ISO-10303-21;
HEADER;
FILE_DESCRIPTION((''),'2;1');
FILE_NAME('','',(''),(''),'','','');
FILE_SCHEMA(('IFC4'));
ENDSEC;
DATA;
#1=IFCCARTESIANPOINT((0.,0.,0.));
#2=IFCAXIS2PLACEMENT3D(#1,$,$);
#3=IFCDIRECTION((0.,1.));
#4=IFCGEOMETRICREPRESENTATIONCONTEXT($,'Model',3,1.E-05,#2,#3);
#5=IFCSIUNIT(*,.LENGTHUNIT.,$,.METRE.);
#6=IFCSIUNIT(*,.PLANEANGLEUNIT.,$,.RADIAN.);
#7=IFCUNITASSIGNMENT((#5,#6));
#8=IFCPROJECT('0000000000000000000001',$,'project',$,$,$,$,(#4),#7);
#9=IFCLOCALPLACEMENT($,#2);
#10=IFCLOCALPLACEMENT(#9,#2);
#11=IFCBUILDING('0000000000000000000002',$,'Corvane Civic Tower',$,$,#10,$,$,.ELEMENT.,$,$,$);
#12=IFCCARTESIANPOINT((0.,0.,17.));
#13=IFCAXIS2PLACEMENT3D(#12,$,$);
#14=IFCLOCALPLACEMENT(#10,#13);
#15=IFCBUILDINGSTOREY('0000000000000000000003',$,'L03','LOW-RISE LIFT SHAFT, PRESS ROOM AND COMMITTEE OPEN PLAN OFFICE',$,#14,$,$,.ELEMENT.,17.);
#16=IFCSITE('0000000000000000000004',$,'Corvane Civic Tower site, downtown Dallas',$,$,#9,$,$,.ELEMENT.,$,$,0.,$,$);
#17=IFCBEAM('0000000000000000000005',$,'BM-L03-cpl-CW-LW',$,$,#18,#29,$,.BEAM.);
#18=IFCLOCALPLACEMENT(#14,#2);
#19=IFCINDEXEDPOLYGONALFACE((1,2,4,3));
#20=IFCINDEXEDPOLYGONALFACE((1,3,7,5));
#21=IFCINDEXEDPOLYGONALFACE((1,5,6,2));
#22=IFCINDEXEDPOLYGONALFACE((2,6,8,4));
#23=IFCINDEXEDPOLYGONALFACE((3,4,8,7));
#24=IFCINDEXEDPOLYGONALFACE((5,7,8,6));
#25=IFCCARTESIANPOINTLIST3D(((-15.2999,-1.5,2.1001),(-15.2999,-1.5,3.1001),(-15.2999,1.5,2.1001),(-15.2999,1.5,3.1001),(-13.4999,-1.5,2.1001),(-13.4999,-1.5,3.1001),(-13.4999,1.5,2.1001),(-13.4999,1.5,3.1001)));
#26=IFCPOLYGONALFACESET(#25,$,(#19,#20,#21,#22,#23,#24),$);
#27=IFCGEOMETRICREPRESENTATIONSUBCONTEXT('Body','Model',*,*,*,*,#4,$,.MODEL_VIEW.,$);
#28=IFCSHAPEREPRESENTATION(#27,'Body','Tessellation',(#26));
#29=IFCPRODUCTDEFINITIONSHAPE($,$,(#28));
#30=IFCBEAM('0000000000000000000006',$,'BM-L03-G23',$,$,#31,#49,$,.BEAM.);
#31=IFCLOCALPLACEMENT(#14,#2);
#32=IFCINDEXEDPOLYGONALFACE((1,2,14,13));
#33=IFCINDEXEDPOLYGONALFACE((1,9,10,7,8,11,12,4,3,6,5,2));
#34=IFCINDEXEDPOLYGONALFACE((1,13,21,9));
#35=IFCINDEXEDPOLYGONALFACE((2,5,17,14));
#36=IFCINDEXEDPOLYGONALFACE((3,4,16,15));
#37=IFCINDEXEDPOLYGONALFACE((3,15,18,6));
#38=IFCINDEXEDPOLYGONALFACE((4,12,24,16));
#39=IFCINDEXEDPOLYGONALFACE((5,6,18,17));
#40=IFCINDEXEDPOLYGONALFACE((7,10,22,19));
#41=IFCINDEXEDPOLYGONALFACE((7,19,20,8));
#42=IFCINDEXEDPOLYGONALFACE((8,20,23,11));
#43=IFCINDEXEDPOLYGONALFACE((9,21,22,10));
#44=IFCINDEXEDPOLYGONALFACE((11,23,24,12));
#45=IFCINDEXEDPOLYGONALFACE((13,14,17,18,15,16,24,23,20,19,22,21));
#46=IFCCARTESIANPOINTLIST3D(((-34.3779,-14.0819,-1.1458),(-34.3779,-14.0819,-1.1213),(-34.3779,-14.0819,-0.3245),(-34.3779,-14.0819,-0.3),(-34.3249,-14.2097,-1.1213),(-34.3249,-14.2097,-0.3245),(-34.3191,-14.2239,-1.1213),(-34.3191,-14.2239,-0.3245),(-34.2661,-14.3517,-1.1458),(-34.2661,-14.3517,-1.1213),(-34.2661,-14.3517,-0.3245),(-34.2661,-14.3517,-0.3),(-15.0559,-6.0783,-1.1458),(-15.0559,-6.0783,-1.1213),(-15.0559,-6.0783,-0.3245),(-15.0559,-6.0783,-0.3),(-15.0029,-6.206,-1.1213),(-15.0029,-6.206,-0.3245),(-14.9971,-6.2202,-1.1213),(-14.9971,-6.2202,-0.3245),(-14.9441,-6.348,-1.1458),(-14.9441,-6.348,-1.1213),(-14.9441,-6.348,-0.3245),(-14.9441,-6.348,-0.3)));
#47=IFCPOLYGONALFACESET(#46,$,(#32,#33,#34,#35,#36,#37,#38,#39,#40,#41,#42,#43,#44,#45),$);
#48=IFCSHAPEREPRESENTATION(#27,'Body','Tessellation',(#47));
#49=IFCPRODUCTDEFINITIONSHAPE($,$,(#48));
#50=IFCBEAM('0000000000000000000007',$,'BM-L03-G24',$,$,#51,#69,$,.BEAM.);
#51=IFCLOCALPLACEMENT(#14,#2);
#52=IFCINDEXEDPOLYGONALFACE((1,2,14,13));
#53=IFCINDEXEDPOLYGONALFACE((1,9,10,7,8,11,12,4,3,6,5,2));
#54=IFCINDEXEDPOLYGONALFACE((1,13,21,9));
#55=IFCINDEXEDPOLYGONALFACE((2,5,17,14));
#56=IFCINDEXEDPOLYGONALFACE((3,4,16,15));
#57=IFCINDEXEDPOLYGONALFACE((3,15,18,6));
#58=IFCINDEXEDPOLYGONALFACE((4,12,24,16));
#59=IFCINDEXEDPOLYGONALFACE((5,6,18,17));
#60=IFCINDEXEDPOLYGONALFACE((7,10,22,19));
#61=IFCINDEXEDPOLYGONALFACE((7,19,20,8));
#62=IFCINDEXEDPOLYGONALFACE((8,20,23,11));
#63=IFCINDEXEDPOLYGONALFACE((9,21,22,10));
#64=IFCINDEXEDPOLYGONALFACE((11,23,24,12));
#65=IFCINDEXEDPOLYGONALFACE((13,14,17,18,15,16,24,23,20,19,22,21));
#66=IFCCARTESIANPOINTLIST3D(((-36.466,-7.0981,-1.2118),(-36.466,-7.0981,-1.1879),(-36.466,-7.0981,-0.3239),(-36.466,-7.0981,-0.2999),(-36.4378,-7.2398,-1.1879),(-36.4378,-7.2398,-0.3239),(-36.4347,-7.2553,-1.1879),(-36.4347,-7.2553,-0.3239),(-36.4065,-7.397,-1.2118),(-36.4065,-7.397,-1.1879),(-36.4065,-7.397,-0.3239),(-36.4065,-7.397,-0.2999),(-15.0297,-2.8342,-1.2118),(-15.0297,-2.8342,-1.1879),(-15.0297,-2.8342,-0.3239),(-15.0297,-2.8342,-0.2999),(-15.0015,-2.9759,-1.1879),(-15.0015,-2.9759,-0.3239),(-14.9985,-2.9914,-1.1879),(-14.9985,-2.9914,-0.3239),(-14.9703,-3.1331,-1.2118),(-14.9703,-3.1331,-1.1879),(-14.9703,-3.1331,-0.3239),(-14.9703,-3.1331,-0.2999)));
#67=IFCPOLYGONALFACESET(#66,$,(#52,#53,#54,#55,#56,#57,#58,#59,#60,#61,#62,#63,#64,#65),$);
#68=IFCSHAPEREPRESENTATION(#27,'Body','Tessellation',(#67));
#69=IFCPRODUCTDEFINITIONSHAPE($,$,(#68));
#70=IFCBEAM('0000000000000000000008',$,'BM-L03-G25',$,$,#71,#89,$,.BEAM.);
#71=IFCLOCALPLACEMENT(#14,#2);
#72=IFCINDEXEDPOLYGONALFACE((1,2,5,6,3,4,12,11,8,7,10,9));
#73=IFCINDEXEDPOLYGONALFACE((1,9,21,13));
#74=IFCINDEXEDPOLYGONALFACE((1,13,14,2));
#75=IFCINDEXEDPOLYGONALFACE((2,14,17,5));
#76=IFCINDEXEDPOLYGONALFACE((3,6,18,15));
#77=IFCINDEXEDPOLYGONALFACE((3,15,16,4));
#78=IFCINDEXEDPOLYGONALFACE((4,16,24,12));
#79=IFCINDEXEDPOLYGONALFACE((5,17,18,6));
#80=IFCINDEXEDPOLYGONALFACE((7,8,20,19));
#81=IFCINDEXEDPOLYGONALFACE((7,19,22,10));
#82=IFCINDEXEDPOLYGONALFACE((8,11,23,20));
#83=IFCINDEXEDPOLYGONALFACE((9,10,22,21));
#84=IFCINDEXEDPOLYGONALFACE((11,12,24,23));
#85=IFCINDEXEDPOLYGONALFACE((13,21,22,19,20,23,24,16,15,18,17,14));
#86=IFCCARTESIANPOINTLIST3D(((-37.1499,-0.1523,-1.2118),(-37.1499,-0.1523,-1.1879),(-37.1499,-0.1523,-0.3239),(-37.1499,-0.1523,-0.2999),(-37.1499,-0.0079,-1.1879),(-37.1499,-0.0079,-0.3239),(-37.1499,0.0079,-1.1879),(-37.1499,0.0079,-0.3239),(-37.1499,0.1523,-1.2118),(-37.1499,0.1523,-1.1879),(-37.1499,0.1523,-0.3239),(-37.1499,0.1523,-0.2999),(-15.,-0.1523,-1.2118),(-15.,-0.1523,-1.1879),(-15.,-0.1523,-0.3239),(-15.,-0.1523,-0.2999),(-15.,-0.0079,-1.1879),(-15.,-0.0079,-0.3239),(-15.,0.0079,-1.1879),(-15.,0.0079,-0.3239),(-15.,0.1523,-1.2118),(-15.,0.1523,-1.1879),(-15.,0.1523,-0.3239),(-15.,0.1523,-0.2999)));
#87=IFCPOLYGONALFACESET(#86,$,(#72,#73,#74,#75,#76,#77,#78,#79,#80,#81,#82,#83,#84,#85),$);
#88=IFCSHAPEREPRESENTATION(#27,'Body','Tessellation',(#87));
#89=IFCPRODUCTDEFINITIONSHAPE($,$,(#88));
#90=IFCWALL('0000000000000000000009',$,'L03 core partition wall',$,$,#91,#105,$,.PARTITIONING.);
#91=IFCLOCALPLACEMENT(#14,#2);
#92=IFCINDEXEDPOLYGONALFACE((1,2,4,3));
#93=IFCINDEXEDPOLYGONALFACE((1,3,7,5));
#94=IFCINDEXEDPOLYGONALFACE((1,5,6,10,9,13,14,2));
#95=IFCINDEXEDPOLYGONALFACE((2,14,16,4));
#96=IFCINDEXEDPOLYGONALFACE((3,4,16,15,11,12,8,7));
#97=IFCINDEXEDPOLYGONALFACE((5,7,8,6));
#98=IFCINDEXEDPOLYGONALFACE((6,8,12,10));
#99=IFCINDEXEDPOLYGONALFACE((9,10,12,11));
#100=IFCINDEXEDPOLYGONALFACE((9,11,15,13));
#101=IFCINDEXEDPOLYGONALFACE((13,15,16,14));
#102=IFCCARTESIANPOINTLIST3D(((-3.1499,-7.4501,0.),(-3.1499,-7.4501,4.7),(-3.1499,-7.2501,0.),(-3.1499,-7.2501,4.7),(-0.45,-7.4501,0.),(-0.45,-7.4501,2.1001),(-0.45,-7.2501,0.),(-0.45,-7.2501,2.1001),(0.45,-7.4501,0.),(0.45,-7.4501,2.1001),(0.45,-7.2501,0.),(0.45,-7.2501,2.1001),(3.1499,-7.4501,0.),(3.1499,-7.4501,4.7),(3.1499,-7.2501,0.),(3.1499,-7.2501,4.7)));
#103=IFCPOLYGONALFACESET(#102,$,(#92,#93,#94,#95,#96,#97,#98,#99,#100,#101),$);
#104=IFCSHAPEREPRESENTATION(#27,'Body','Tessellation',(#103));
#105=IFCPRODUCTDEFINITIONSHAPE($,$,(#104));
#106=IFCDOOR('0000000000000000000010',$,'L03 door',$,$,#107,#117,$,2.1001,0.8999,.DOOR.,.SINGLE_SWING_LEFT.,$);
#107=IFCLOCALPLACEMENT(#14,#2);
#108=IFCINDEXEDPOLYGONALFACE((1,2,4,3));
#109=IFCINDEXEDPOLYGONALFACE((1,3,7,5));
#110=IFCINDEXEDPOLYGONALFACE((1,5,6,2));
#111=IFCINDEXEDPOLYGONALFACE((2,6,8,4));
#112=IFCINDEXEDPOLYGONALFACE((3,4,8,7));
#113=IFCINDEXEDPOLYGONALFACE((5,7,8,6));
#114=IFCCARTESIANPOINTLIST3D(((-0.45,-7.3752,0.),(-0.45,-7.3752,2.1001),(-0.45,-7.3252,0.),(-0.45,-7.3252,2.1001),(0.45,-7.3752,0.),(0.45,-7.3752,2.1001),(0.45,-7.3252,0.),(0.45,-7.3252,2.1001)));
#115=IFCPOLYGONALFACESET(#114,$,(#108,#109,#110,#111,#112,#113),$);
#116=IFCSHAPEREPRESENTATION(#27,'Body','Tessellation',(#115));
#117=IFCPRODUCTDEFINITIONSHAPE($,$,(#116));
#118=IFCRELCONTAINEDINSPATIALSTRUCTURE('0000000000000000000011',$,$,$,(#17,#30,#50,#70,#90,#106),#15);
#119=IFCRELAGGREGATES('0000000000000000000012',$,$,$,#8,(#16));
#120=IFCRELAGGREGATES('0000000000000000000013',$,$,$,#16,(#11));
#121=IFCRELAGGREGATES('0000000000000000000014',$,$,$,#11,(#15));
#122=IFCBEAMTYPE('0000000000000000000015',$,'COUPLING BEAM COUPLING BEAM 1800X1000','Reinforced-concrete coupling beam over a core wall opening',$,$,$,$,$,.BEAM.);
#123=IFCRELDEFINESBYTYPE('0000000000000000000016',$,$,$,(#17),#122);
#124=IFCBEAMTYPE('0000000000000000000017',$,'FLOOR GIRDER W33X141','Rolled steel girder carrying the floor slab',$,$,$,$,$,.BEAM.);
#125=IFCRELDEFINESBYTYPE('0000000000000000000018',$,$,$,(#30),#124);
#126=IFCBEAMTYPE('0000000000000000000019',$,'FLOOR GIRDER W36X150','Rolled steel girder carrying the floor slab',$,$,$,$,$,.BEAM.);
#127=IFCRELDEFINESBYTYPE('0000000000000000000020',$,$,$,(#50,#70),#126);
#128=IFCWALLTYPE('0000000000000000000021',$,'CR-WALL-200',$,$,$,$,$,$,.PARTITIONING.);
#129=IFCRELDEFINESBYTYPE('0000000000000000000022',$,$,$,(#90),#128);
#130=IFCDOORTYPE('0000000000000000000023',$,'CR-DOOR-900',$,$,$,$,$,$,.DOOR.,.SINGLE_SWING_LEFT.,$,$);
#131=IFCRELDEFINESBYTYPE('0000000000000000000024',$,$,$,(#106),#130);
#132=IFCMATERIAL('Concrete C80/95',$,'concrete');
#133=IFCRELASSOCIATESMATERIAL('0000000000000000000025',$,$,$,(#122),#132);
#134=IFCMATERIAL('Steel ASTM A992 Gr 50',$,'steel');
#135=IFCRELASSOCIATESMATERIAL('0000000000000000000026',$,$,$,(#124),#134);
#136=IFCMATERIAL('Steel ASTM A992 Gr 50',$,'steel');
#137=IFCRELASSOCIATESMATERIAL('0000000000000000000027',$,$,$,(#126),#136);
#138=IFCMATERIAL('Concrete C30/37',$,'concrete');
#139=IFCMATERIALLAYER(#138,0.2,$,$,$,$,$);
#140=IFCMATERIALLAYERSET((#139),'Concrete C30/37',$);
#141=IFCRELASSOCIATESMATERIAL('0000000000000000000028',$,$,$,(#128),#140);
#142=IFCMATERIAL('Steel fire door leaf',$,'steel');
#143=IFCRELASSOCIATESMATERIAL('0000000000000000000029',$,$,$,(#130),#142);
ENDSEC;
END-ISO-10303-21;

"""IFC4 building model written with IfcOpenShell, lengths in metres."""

from ifc_helpers import new_model, si_unit, direction, frame, frame_2d, origin, origin_2d, place, context, subcontext, project, spatial, rectangle, i_section, extrude, material, layer, layer_set, material_profile, profile_set, type_object, element, fill, save


model = new_model("IFC4")

# Units and contexts
model_context = context("Model", 3, precision=1e-05, world=origin(), true_north=direction((0.0, 1.0)))
body_context = subcontext(model_context, "Body", "Model", "MODEL_VIEW")
ifc_project = project(units=[si_unit("LENGTHUNIT", "METRE"), si_unit("PLANEANGLEUNIT", "RADIAN")], contexts=[model_context])

# Site, building, storey
site_placement = place(None, origin())
site = spatial("IfcSite", under=ifc_project, at=site_placement, Name="Corvane Civic Tower site, downtown Dallas", CompositionType="ELEMENT", RefElevation=0.0)
building_placement = place(site_placement, origin())
building = spatial("IfcBuilding", under=site, at=building_placement, Name="Corvane Civic Tower", CompositionType="ELEMENT")
storey_placement = place(building_placement, frame((0.0, 0.0, 17.0)))
storey = spatial("IfcBuildingStorey", under=building, at=storey_placement, Name="L03", Description="LOW-RISE LIFT SHAFT, PRESS ROOM AND COMMITTEE OPEN PLAN OFFICE", CompositionType="ELEMENT", Elevation=17.0)

# Beams
ifc_material_1 = material(Name="Concrete C80/95", Category="concrete")
ifc_material_profile_1 = material_profile(ifc_material_1, rectangle(XDim=1.8, YDim=1.0, at=origin_2d()), Name="COUPLING BEAM 1800X1000")
ifc_profile_set_1 = profile_set([ifc_material_profile_1], Name="Concrete C80/95")
beam_type_1 = type_object("IfcBeamType", Name="COUPLING BEAM COUPLING BEAM 1800X1000", Description="Reinforced-concrete coupling beam over a core wall opening", PredefinedType="BEAM", material=ifc_profile_set_1)
beam_1_placement = place(storey_placement, frame((-14.3999, -1.5, 2.6001), z_axis=(0.0, 1.0, 0.0), x_axis=(-1.0, 0.0, 0.0)))
element("IfcBeam", 1, at=beam_1_placement, inside=storey, type_object=beam_type_1, Name="BM-L03-cpl-CW-LW", PredefinedType="BEAM", context=body_context, shape_type="SweptSolid", body=[
    extrude(rectangle(XDim=1.8, YDim=1.0, at=origin_2d()), origin(), (0.0, 0.0, 1.0), 3.0),
])
ifc_material_2 = material(Name="Steel ASTM A992 Gr 50", Category="steel")
ifc_material_profile_2 = material_profile(ifc_material_2, i_section(OverallWidth=0.292, OverallDepth=0.8457, WebThickness=0.0154, FlangeThickness=0.0244, at=origin_2d()), Name="W33X141")
ifc_profile_set_2 = profile_set([ifc_material_profile_2], Name="Steel ASTM A992 Gr 50")
beam_type_2 = type_object("IfcBeamType", Name="FLOOR GIRDER W33X141", Description="Rolled steel girder carrying the floor slab", PredefinedType="BEAM", material=ifc_profile_set_2)
beam_2_placement = place(storey_placement, frame((-15.0, -6.2131, -0.7229), z_axis=(-0.923876, -0.382692, 0.0), x_axis=(0.382692, -0.923876, 0.0)))
element("IfcBeam", 2, at=beam_2_placement, inside=storey, type_object=beam_type_2, Name="BM-L03-G23", PredefinedType="BEAM", context=body_context, shape_type="SweptSolid", body=[
    extrude(i_section(OverallWidth=0.292, OverallDepth=0.8457, WebThickness=0.0154, FlangeThickness=0.0244, at=origin_2d()), origin(), (0.0, 0.0, 1.0), 20.9141),
])
ifc_material_3 = material(Name="Steel ASTM A992 Gr 50", Category="steel")
ifc_material_profile_3 = material_profile(ifc_material_3, i_section(OverallWidth=0.3047, OverallDepth=0.9119, WebThickness=0.0159, FlangeThickness=0.0239, at=origin_2d()), Name="W36X150")
ifc_profile_set_3 = profile_set([ifc_material_profile_3], Name="Steel ASTM A992 Gr 50")
beam_type_3 = type_object("IfcBeamType", Name="FLOOR GIRDER W36X150", Description="Rolled steel girder carrying the floor slab", PredefinedType="BEAM", material=ifc_profile_set_3)
beam_3_placement = place(storey_placement, frame((-15.0, -2.9836, -0.7559), z_axis=(-0.980785, -0.195089, 0.0), x_axis=(0.195089, -0.980785, 0.0)))
element("IfcBeam", 3, at=beam_3_placement, inside=storey, type_object=beam_type_3, Name="BM-L03-G24", PredefinedType="BEAM", context=body_context, shape_type="SweptSolid", body=[
    extrude(i_section(OverallWidth=0.3047, OverallDepth=0.9119, WebThickness=0.0159, FlangeThickness=0.0239, at=origin_2d()), origin(), (0.0, 0.0, 1.0), 21.8562),
])
beam_4_placement = place(storey_placement, frame((-15.0, 0.0, -0.7559), z_axis=(-1.0, 0.0, 0.0), x_axis=(0.0, -1.0, 0.0)))
element("IfcBeam", 4, at=beam_4_placement, inside=storey, type_object=beam_type_3, Name="BM-L03-G25", PredefinedType="BEAM", context=body_context, shape_type="SweptSolid", body=[
    extrude(i_section(OverallWidth=0.3047, OverallDepth=0.9119, WebThickness=0.0159, FlangeThickness=0.0239, at=origin_2d()), origin(), (0.0, 0.0, 1.0), 22.1499),
])

# Wall, opening, door
ifc_material_4 = material(Name="Concrete C30/37", Category="concrete")
ifc_layer_1 = layer(ifc_material_4, 0.2)
ifc_layer_set_1 = layer_set([ifc_layer_1], Name="Concrete C30/37")
wall_type_1 = type_object("IfcWallType", Name="CR-WALL-200", PredefinedType="PARTITIONING", material=ifc_layer_set_1)
wall_1_placement = place(storey_placement, frame((-3.1499, -7.3501, 0.0), z_axis=(0.0, 0.0, 1.0), x_axis=(1.0, 0.0, 0.0)))
wall_1 = element("IfcWall", 5, at=wall_1_placement, inside=storey, type_object=wall_type_1, Name="L03 core partition wall", PredefinedType="PARTITIONING", context=body_context, shape_type="SweptSolid", body=[
    extrude(rectangle(XDim=6.2998, YDim=0.2, at=frame_2d((3.1499, 0.0))), origin(), (0.0, 0.0, 1.0), 4.7),
])
opening_1_placement = place(wall_1_placement, frame((2.7, 0.0, 0.0)))
opening_1 = element("IfcOpeningElement", 6, at=opening_1_placement, cuts=wall_1, PredefinedType="OPENING", context=body_context, shape_type="SweptSolid", body=[
    extrude(rectangle(XDim=0.8999, YDim=2.1001, at=frame_2d((0.45, 1.05))), frame((0.0, 0.1099, 0.0), z_axis=(0.0, -1.0, 0.0), x_axis=(1.0, 0.0, 0.0)), (0.0, 0.0, 1.0), 0.22),
])
ifc_material_5 = material(Name="Steel fire door leaf", Category="steel")
door_type_1 = type_object("IfcDoorType", Name="CR-DOOR-900", OperationType="SINGLE_SWING_LEFT", PredefinedType="DOOR", material=ifc_material_5)
door_1_placement = place(opening_1_placement, origin())
door_1 = element("IfcDoor", 7, at=door_1_placement, inside=storey, type_object=door_type_1, Name="L03 door", OperationType="SINGLE_SWING_LEFT", OverallHeight=2.1001, OverallWidth=0.8999, PredefinedType="DOOR", context=body_context, shape_type="SweptSolid", body=[
    extrude(rectangle(XDim=0.8999, YDim=2.1001, at=frame_2d((0.45, 1.05))), frame((0.0, 0.0249, 0.0), z_axis=(0.0, -1.0, 0.0), x_axis=(1.0, 0.0, 0.0)), (0.0, 0.0, 1.0), 0.05),
])
fill(opening_1, door_1)

save(model, "model.ifc")
